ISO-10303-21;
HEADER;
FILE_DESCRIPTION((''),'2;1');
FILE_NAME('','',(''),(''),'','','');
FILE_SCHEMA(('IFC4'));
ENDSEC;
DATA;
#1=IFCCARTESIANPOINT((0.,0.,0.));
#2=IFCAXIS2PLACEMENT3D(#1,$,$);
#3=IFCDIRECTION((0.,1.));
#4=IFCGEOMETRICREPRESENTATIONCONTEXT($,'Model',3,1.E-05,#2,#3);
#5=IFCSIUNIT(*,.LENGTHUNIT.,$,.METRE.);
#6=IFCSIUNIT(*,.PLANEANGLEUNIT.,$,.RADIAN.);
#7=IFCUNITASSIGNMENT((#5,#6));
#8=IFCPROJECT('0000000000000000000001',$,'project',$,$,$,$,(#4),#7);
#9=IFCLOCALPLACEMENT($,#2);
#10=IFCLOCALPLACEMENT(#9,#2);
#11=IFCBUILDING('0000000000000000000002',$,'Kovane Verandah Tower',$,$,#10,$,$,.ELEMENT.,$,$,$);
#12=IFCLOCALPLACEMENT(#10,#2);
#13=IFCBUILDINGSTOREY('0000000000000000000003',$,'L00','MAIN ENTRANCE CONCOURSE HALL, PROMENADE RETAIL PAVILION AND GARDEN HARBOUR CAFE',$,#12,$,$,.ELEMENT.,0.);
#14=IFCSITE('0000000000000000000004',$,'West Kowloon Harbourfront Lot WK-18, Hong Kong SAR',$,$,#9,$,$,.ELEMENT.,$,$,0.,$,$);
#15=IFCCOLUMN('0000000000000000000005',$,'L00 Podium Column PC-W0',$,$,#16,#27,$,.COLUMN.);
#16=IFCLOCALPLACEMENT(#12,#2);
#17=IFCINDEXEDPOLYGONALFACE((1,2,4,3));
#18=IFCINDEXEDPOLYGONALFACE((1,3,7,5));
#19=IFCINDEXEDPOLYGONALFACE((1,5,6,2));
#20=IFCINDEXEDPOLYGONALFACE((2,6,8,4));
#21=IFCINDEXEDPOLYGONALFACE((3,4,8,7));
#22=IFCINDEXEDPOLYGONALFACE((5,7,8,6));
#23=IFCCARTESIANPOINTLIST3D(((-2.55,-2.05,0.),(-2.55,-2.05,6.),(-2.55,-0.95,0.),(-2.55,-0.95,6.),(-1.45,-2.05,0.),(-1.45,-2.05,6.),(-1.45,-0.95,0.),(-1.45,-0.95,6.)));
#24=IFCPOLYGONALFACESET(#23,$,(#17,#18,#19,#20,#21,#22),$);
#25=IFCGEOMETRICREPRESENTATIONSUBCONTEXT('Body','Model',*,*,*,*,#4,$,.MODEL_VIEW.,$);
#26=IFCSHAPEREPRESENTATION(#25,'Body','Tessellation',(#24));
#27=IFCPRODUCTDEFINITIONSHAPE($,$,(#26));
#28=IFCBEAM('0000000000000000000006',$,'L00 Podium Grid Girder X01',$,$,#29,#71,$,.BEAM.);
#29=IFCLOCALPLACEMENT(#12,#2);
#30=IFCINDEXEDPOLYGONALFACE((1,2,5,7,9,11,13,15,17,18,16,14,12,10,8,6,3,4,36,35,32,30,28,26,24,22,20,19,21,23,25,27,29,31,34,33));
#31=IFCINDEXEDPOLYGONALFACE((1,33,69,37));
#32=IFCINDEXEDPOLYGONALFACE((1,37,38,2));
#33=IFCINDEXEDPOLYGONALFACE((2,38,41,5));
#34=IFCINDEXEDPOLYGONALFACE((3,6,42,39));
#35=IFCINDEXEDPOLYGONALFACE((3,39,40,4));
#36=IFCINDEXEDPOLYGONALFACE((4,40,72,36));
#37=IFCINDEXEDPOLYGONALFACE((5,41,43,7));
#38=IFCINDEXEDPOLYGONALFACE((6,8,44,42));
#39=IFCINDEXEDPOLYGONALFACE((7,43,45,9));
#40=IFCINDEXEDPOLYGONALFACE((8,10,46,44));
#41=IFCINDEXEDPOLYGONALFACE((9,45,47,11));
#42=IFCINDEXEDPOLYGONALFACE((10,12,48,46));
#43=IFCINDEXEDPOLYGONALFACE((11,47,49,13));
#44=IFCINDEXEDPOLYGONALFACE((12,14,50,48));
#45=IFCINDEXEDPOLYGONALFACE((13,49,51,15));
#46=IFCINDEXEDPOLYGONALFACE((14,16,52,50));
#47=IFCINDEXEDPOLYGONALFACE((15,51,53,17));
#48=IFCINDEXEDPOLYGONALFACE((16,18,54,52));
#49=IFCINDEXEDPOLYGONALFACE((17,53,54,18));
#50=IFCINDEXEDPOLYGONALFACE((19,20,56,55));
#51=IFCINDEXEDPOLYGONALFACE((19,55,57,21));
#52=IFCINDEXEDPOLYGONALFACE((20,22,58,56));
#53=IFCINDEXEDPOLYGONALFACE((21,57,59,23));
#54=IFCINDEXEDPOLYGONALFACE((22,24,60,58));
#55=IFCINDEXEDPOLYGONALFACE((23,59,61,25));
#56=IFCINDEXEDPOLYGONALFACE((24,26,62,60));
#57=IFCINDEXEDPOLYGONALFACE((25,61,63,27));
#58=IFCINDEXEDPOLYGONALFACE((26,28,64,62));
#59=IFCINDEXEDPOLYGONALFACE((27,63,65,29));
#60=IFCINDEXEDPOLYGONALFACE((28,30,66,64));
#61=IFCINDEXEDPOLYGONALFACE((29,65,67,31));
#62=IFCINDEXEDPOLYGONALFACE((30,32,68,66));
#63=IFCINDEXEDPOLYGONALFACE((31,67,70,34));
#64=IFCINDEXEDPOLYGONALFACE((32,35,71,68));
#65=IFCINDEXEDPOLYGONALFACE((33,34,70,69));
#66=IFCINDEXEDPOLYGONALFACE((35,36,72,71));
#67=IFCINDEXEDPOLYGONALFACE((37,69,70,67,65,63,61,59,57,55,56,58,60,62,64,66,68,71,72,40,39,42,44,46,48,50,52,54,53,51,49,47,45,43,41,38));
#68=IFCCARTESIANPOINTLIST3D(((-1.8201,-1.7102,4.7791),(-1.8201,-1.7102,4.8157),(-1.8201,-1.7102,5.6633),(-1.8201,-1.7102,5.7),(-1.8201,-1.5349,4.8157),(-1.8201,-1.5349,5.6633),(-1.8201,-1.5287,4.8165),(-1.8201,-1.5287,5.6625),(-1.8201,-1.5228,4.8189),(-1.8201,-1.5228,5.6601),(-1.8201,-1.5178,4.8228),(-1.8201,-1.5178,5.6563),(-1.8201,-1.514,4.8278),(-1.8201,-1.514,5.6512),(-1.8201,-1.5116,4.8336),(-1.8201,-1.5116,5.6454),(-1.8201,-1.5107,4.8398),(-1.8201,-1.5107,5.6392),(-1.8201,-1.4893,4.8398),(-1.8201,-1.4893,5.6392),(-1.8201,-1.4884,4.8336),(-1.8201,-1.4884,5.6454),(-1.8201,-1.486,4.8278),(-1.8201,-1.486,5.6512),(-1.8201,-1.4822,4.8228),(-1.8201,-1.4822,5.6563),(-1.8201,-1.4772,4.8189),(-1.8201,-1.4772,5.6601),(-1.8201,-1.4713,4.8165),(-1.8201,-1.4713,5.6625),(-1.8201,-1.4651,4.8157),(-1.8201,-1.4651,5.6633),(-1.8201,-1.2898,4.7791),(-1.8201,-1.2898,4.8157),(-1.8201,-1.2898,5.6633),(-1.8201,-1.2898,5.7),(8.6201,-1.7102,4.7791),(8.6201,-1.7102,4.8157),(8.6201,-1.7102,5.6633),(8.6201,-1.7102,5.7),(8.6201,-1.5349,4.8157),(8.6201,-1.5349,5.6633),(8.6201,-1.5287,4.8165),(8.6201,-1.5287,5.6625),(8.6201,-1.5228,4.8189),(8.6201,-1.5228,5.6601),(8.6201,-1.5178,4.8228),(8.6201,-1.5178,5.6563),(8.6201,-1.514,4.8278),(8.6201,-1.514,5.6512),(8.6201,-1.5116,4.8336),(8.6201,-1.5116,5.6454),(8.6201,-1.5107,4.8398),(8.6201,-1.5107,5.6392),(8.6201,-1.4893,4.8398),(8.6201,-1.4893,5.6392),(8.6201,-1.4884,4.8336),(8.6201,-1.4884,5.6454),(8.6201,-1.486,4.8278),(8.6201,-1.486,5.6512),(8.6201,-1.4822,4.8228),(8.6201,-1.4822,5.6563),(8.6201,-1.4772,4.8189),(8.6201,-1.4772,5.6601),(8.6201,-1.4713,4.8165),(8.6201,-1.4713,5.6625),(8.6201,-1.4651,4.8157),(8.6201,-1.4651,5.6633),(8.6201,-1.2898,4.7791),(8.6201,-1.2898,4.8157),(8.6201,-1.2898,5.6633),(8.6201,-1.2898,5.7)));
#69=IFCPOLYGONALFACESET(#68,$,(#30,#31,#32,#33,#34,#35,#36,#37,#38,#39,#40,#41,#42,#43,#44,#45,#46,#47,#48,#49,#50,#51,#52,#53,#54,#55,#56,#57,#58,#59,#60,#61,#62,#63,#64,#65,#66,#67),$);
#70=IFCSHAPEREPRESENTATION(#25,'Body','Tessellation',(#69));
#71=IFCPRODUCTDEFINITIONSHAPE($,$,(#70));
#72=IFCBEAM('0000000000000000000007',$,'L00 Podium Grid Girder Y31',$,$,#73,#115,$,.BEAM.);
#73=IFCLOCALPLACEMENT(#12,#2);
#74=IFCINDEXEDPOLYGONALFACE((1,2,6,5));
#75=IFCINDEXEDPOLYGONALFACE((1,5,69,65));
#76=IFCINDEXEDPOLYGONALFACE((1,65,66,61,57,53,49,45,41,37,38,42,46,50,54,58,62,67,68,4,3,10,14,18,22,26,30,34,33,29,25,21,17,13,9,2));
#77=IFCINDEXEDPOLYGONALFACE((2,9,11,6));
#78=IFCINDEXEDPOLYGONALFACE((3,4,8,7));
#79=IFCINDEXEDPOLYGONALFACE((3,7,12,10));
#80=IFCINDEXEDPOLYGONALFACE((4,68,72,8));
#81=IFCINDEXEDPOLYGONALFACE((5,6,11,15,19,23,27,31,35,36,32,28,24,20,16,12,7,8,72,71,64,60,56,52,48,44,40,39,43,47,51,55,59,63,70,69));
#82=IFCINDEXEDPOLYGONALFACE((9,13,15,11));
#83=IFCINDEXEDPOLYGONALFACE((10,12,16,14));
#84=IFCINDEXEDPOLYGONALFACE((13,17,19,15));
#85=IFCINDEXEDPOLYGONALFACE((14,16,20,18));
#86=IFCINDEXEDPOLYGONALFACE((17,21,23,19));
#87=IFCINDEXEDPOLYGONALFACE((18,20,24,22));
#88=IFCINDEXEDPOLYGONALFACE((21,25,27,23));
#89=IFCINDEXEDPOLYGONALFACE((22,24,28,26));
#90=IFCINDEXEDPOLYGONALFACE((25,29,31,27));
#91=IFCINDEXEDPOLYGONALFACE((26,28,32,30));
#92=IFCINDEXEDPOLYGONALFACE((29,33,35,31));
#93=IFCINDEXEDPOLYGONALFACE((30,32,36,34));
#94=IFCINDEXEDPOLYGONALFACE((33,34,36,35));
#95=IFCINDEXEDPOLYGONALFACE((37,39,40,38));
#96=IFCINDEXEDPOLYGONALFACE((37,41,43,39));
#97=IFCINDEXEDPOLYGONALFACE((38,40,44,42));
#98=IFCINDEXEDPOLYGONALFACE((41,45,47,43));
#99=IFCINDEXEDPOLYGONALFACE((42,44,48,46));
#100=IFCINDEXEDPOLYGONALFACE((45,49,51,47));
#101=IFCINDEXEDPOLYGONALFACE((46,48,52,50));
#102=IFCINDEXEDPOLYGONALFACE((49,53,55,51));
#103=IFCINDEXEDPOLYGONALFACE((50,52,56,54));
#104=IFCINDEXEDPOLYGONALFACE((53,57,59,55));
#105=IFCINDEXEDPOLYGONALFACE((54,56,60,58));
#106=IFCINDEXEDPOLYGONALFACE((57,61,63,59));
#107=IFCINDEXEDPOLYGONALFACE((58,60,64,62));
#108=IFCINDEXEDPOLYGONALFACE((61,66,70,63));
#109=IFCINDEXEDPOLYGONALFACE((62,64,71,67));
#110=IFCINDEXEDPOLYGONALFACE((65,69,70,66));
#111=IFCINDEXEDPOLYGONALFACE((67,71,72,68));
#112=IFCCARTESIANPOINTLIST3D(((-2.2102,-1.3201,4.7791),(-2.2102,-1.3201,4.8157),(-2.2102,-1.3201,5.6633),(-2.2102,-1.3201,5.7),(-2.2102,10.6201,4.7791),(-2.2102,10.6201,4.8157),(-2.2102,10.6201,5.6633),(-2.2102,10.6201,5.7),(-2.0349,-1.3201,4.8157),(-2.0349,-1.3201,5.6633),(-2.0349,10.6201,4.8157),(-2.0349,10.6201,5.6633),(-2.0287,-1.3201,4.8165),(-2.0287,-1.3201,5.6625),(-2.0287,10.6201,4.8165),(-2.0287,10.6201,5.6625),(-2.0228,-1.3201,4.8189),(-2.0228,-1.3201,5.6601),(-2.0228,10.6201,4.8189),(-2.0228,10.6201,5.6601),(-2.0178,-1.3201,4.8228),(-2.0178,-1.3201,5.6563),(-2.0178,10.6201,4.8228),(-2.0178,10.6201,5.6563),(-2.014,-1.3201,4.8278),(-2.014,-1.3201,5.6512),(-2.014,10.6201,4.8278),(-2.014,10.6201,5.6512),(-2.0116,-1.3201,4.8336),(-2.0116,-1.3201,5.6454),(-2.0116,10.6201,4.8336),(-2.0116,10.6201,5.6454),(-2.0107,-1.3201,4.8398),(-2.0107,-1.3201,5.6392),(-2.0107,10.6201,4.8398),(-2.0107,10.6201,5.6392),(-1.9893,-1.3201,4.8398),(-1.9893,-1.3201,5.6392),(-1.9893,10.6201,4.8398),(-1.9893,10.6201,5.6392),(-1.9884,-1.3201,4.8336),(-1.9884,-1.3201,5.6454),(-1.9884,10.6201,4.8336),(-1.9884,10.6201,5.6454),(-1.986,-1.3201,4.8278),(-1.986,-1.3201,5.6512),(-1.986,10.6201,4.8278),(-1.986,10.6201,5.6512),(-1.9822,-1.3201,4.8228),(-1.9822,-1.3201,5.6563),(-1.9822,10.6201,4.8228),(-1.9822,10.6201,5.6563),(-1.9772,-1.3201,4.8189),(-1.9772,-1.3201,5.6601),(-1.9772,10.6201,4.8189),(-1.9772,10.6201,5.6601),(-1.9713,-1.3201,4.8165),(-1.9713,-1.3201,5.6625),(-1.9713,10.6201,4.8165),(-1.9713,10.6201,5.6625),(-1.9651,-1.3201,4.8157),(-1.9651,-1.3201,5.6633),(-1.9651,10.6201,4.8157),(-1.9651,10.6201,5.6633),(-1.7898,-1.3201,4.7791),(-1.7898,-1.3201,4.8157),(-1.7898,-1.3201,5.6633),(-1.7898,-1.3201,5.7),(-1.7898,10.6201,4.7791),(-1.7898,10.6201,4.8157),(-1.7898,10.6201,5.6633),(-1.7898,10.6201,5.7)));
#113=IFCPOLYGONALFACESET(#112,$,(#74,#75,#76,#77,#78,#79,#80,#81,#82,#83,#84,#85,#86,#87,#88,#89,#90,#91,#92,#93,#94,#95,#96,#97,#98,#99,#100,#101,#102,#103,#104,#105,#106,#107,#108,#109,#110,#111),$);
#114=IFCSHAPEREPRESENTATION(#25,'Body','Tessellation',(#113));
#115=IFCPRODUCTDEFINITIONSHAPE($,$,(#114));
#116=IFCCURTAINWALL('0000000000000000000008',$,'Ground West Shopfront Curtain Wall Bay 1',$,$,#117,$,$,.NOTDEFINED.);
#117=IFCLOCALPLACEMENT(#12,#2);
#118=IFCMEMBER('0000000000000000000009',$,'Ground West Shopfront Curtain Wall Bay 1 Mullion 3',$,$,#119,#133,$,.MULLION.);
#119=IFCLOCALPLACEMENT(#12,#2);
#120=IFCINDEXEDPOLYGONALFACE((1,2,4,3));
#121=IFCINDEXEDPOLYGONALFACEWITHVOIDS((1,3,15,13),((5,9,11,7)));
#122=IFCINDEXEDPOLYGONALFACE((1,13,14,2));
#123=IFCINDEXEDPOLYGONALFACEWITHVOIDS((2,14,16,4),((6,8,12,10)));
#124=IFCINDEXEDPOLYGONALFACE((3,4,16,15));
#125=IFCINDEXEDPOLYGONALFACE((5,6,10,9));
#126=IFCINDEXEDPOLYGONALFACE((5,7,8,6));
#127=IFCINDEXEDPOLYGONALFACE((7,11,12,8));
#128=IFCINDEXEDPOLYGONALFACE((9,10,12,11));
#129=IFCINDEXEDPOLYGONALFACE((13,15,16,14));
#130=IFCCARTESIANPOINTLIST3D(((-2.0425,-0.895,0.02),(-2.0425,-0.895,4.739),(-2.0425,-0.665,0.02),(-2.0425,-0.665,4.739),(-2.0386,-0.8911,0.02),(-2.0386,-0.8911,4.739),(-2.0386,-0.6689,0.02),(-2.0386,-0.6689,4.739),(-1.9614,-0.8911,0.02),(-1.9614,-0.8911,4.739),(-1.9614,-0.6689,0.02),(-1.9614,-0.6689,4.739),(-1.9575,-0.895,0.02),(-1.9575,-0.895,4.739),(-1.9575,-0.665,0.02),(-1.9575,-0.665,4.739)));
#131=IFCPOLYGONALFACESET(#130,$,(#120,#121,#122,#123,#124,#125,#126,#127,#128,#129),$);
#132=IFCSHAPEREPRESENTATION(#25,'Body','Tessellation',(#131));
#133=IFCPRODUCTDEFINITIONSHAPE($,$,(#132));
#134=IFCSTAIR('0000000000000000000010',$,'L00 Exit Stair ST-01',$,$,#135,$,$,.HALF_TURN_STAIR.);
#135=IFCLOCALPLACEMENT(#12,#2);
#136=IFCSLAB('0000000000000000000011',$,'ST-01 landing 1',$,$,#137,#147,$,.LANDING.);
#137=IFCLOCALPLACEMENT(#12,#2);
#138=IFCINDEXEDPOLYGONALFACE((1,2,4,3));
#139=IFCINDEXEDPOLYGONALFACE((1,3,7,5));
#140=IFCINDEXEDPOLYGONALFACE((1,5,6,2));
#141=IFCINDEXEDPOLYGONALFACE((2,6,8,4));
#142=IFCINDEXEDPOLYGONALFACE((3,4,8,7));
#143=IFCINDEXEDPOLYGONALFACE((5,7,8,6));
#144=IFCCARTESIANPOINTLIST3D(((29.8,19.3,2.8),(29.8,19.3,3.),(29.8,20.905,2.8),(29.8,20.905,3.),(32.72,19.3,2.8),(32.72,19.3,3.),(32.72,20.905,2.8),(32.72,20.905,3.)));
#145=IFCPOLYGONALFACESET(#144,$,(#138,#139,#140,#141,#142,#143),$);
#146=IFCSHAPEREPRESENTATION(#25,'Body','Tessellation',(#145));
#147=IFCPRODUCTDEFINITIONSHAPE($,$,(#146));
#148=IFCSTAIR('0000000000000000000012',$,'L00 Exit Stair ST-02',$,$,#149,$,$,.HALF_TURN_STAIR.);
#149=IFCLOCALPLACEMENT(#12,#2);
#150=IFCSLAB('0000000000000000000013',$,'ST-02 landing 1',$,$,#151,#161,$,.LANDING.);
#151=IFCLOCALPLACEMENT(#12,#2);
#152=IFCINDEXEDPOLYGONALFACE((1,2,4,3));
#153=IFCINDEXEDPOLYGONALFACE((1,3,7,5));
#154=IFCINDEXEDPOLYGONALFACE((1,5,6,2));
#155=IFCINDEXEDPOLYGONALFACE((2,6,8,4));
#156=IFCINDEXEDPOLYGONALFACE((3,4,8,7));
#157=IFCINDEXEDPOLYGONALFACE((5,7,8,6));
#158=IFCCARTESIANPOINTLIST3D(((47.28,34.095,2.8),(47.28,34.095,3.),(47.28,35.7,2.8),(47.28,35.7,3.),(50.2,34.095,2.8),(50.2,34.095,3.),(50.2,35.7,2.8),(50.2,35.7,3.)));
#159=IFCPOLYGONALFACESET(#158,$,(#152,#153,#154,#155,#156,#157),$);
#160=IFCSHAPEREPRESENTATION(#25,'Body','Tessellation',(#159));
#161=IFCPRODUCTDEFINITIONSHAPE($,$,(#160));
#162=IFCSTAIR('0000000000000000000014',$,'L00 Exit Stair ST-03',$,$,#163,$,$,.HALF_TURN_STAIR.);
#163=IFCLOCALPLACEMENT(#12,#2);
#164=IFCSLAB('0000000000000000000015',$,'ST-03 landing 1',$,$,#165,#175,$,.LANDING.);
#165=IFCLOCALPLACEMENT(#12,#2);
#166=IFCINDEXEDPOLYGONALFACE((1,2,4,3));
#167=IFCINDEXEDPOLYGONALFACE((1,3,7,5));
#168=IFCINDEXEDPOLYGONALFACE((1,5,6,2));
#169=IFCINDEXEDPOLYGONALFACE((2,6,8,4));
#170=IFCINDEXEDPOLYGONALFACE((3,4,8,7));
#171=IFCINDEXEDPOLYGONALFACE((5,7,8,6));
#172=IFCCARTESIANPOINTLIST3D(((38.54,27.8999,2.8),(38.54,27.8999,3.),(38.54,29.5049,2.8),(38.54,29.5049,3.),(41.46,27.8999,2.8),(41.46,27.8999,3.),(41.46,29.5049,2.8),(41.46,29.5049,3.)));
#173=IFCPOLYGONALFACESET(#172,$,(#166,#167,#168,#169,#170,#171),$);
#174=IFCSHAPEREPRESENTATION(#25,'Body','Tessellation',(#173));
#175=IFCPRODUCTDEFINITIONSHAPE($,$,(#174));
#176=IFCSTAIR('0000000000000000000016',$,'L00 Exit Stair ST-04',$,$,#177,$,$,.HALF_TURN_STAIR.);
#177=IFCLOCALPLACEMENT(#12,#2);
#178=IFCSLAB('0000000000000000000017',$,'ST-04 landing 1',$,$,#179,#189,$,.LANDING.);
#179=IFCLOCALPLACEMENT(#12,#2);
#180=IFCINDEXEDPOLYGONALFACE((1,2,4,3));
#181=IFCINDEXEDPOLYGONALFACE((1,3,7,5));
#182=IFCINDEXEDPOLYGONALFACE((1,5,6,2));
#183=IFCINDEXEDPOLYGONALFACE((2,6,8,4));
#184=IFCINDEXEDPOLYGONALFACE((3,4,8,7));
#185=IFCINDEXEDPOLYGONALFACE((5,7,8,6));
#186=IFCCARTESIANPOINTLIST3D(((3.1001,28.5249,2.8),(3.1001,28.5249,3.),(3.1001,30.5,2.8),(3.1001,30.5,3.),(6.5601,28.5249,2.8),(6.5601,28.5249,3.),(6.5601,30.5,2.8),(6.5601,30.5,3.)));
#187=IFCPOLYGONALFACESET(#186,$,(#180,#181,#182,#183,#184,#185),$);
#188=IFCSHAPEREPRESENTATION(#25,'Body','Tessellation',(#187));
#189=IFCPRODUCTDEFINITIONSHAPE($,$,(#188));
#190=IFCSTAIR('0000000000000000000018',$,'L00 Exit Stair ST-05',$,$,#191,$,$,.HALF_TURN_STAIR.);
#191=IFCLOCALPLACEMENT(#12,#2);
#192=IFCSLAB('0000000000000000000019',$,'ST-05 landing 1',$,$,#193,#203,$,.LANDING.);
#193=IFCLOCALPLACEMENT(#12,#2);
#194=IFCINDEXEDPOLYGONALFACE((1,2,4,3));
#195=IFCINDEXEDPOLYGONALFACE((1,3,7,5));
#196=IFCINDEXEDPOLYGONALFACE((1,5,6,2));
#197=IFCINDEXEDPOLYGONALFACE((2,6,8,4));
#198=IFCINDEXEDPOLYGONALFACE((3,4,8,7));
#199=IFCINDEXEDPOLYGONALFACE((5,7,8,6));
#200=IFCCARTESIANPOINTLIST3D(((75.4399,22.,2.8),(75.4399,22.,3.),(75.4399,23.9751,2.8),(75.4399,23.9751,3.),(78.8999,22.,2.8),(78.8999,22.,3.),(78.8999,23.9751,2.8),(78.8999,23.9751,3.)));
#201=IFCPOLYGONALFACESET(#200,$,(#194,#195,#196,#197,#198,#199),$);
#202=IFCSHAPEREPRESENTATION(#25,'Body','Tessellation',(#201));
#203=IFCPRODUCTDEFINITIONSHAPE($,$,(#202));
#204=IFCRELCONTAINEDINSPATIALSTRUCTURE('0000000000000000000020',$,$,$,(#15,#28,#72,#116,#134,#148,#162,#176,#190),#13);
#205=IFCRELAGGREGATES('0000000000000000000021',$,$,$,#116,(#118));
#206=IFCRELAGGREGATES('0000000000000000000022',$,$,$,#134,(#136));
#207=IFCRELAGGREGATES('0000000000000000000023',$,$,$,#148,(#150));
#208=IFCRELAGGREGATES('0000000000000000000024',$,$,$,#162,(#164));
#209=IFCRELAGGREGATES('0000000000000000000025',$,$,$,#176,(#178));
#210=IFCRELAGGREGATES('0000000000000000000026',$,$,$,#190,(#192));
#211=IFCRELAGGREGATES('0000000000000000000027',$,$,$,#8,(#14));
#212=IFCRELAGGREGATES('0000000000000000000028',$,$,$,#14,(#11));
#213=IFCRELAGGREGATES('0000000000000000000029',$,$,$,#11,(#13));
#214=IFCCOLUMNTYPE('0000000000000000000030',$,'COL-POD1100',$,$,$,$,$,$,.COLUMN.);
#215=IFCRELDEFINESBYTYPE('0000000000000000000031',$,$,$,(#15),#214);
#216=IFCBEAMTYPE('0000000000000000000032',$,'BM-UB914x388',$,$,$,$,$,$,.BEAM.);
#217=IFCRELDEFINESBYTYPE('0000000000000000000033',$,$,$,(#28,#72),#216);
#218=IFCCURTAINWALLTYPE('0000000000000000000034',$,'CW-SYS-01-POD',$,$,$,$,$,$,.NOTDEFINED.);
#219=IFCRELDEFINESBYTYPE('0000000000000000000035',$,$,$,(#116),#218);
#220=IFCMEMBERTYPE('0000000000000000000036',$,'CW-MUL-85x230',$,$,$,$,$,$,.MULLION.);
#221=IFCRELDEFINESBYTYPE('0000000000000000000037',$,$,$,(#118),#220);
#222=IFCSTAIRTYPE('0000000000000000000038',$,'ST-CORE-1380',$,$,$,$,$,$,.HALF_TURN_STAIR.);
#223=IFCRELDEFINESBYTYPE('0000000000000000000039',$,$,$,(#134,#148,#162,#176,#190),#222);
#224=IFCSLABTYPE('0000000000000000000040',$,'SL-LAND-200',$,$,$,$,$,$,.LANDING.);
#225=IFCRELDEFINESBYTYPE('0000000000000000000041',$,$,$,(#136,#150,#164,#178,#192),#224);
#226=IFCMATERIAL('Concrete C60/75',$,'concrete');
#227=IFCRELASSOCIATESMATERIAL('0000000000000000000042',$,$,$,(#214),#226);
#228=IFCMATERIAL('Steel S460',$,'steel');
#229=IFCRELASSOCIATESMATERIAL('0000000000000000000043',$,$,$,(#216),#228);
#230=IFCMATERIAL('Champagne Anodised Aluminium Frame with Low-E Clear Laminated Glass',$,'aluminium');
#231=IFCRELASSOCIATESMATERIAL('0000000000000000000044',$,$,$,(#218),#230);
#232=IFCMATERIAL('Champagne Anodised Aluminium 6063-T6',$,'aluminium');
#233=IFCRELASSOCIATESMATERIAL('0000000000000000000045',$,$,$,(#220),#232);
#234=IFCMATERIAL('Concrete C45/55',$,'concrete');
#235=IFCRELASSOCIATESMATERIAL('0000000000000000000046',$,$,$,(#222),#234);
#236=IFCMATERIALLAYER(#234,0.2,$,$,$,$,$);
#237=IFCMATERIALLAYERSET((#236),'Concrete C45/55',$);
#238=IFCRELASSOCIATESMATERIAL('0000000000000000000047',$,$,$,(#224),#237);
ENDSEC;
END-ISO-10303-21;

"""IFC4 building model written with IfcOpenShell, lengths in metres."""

from ifc_helpers import new_model, si_unit, direction, frame, origin, origin_2d, place, context, subcontext, project, spatial, polyline, rectangle, hollow_rectangle, i_section, outline, extrude, material, layer, layer_set, material_profile, profile_set, type_object, element, aggregate, save


model = new_model("IFC4")

# Units and contexts
model_context = context("Model", 3, precision=1e-05, world=origin(), true_north=direction((0.0, 1.0)))
body_context = subcontext(model_context, "Body", "Model", "MODEL_VIEW")
ifc_project = project(units=[si_unit("LENGTHUNIT", "METRE"), si_unit("PLANEANGLEUNIT", "RADIAN")], contexts=[model_context])

# Site, building, storey
site_placement = place(None, origin())
site = spatial("IfcSite", under=ifc_project, at=site_placement, Name="West Kowloon Harbourfront Lot WK-18, Hong Kong SAR", CompositionType="ELEMENT", RefElevation=0.0)
building_placement = place(site_placement, origin())
building = spatial("IfcBuilding", under=site, at=building_placement, Name="Kovane Verandah Tower", CompositionType="ELEMENT")
storey_placement = place(building_placement, origin())
storey = spatial("IfcBuildingStorey", under=building, at=storey_placement, Name="L00", Description="MAIN ENTRANCE CONCOURSE HALL, PROMENADE RETAIL PAVILION AND GARDEN HARBOUR CAFE", CompositionType="ELEMENT", Elevation=0.0)

# Column
ifc_material_1 = material(Name="Concrete C60/75", Category="concrete")
ifc_material_profile_1 = material_profile(ifc_material_1, rectangle(XDim=1.1001, YDim=1.1001, at=origin_2d()), Name="RC1100x1100")
ifc_profile_set_1 = profile_set([ifc_material_profile_1], Name="Concrete C60/75")
column_type = type_object("IfcColumnType", Name="COL-POD1100", PredefinedType="COLUMN", material=ifc_profile_set_1)
column_placement = place(storey_placement, frame((-2.0, -1.5, 0.0), z_axis=(0.0, 0.0, 1.0), x_axis=(1.0, 0.0, 0.0)))
element("IfcColumn", 1, at=column_placement, inside=storey, type_object=column_type, Name="L00 Podium Column PC-W0", PredefinedType="COLUMN", context=body_context, shape_type="SweptSolid", body=[
    extrude(rectangle(XDim=1.1001, YDim=1.1001, at=origin_2d()), origin(), (0.0, 0.0, 1.0), 6.0),
])

# Beams
ifc_material_2 = material(Name="Steel S460", Category="steel")
ifc_material_profile_2 = material_profile(ifc_material_2, i_section(OverallWidth=0.4204, OverallDepth=0.9209, WebThickness=0.0215, FlangeThickness=0.0366, FilletRadius=0.0242, at=origin_2d()), Name="UB914x419x388")
ifc_profile_set_2 = profile_set([ifc_material_profile_2], Name="Steel S460")
beam_type = type_object("IfcBeamType", Name="BM-UB914x388", PredefinedType="BEAM", material=ifc_profile_set_2)
beam_1_placement = place(storey_placement, frame((-1.8201, -1.5, 5.2395), z_axis=(1.0, 0.0, 0.0), x_axis=(0.0, 1.0, 0.0)))
element("IfcBeam", 2, at=beam_1_placement, inside=storey, type_object=beam_type, Name="L00 Podium Grid Girder X01", PredefinedType="BEAM", context=body_context, shape_type="SweptSolid", body=[
    extrude(i_section(OverallWidth=0.4204, OverallDepth=0.9209, WebThickness=0.0215, FlangeThickness=0.0366, FilletRadius=0.0242, at=origin_2d()), origin(), (0.0, 0.0, 1.0), 10.4402),
])
beam_2_placement = place(storey_placement, frame((-2.0, -1.3201, 5.2395), z_axis=(0.0, 1.0, 0.0), x_axis=(-1.0, 0.0, 0.0)))
element("IfcBeam", 3, at=beam_2_placement, inside=storey, type_object=beam_type, Name="L00 Podium Grid Girder Y31", PredefinedType="BEAM", context=body_context, shape_type="SweptSolid", body=[
    extrude(i_section(OverallWidth=0.4204, OverallDepth=0.9209, WebThickness=0.0215, FlangeThickness=0.0366, FilletRadius=0.0242, at=origin_2d()), origin(), (0.0, 0.0, 1.0), 11.9402),
])

# Curtain wall, member
ifc_material_3 = material(Name="Champagne Anodised Aluminium Frame with Low-E Clear Laminated Glass", Category="aluminium")
curtain_wall_type = type_object("IfcCurtainWallType", Name="CW-SYS-01-POD", PredefinedType="NOTDEFINED", material=ifc_material_3)
curtain_wall_placement = place(storey_placement, origin())
curtain_wall = element("IfcCurtainWall", 4, at=curtain_wall_placement, inside=storey, type_object=curtain_wall_type, Name="Ground West Shopfront Curtain Wall Bay 1", PredefinedType="NOTDEFINED")
ifc_material_4 = material(Name="Champagne Anodised Aluminium 6063-T6", Category="aluminium")
ifc_material_profile_3 = material_profile(ifc_material_4, hollow_rectangle(XDim=0.085, YDim=0.23, WallThickness=0.0039, at=origin_2d()), Name="AL85x230x4")
ifc_profile_set_3 = profile_set([ifc_material_profile_3], Name="Champagne Anodised Aluminium 6063-T6")
member_type = type_object("IfcMemberType", Name="CW-MUL-85x230", PredefinedType="MULLION", material=ifc_profile_set_3)
member_placement = place(storey_placement, frame((-2.0, -0.78, 0.02), z_axis=(0.0, 0.0, 1.0), x_axis=(-1.0, 0.0, 0.0)))
member = element("IfcMember", 5, at=member_placement, type_object=member_type, Name="Ground West Shopfront Curtain Wall Bay 1 Mullion 3", PredefinedType="MULLION", context=body_context, shape_type="SweptSolid", body=[
    extrude(hollow_rectangle(XDim=0.085, YDim=0.23, WallThickness=0.0039, at=origin_2d()), origin(), (0.0, 0.0, 1.0), 4.719),
])
aggregate(curtain_wall, [member])

# Stairs, slabs
ifc_material_5 = material(Name="Concrete C45/55", Category="concrete")
stair_type = type_object("IfcStairType", Name="ST-CORE-1380", PredefinedType="HALF_TURN_STAIR", material=ifc_material_5)
stair_1_placement = place(storey_placement, origin())
stair_1 = element("IfcStair", 6, at=stair_1_placement, inside=storey, type_object=stair_type, Name="L00 Exit Stair ST-01", PredefinedType="HALF_TURN_STAIR")
ifc_layer_1 = layer(ifc_material_5, 0.2)
ifc_layer_set_1 = layer_set([ifc_layer_1], Name="Concrete C45/55")
slab_type_1 = type_object("IfcSlabType", Name="SL-LAND-200", PredefinedType="LANDING", material=ifc_layer_set_1)
slab_1_placement = place(storey_placement, frame((0.0, 0.0, 2.8)))
slab_1 = element("IfcSlab", 7, at=slab_1_placement, type_object=slab_type_1, Name="ST-01 landing 1", PredefinedType="LANDING", context=body_context, shape_type="SweptSolid", body=[
    extrude(outline(polyline([(29.8, 20.905), (29.8, 19.3), (32.72, 19.3), (32.72, 20.905), (29.8, 20.905)])), origin(), (0.0, 0.0, 1.0), 0.2),
])
aggregate(stair_1, [slab_1])
stair_2_placement = place(storey_placement, origin())
stair_2 = element("IfcStair", 8, at=stair_2_placement, inside=storey, type_object=stair_type, Name="L00 Exit Stair ST-02", PredefinedType="HALF_TURN_STAIR")
slab_2_placement = place(storey_placement, frame((0.0, 0.0, 2.8)))
slab_2 = element("IfcSlab", 9, at=slab_2_placement, type_object=slab_type_1, Name="ST-02 landing 1", PredefinedType="LANDING", context=body_context, shape_type="SweptSolid", body=[
    extrude(outline(polyline([(50.2, 34.095), (50.2, 35.7), (47.28, 35.7), (47.28, 34.095), (50.2, 34.095)])), origin(), (0.0, 0.0, 1.0), 0.2),
])
aggregate(stair_2, [slab_2])
stair_3_placement = place(storey_placement, origin())
stair_3 = element("IfcStair", 10, at=stair_3_placement, inside=storey, type_object=stair_type, Name="L00 Exit Stair ST-03", PredefinedType="HALF_TURN_STAIR")
slab_3_placement = place(storey_placement, frame((0.0, 0.0, 2.8)))
slab_3 = element("IfcSlab", 11, at=slab_3_placement, type_object=slab_type_1, Name="ST-03 landing 1", PredefinedType="LANDING", context=body_context, shape_type="SweptSolid", body=[
    extrude(outline(polyline([(38.54, 29.5049), (38.54, 27.8999), (41.46, 27.8999), (41.46, 29.5049), (38.54, 29.5049)])), origin(), (0.0, 0.0, 1.0), 0.2),
])
aggregate(stair_3, [slab_3])
stair_4_placement = place(storey_placement, origin())
stair_4 = element("IfcStair", 12, at=stair_4_placement, inside=storey, type_object=stair_type, Name="L00 Exit Stair ST-04", PredefinedType="HALF_TURN_STAIR")
slab_4_placement = place(storey_placement, frame((0.0, 0.0, 2.8)))
slab_4 = element("IfcSlab", 13, at=slab_4_placement, type_object=slab_type_1, Name="ST-04 landing 1", PredefinedType="LANDING", context=body_context, shape_type="SweptSolid", body=[
    extrude(outline(polyline([(6.5601, 28.5249), (6.5601, 30.5), (3.1001, 30.5), (3.1001, 28.5249), (6.5601, 28.5249)])), origin(), (0.0, 0.0, 1.0), 0.2),
])
aggregate(stair_4, [slab_4])
stair_5_placement = place(storey_placement, origin())
stair_5 = element("IfcStair", 14, at=stair_5_placement, inside=storey, type_object=stair_type, Name="L00 Exit Stair ST-05", PredefinedType="HALF_TURN_STAIR")
slab_5_placement = place(storey_placement, frame((0.0, 0.0, 2.8)))
slab_5 = element("IfcSlab", 15, at=slab_5_placement, type_object=slab_type_1, Name="ST-05 landing 1", PredefinedType="LANDING", context=body_context, shape_type="SweptSolid", body=[
    extrude(outline(polyline([(75.4399, 23.9751), (75.4399, 22.0), (78.8999, 22.0), (78.8999, 23.9751), (75.4399, 23.9751)])), origin(), (0.0, 0.0, 1.0), 0.2),
])
aggregate(stair_5, [slab_5])

save(model, "model.ifc")
